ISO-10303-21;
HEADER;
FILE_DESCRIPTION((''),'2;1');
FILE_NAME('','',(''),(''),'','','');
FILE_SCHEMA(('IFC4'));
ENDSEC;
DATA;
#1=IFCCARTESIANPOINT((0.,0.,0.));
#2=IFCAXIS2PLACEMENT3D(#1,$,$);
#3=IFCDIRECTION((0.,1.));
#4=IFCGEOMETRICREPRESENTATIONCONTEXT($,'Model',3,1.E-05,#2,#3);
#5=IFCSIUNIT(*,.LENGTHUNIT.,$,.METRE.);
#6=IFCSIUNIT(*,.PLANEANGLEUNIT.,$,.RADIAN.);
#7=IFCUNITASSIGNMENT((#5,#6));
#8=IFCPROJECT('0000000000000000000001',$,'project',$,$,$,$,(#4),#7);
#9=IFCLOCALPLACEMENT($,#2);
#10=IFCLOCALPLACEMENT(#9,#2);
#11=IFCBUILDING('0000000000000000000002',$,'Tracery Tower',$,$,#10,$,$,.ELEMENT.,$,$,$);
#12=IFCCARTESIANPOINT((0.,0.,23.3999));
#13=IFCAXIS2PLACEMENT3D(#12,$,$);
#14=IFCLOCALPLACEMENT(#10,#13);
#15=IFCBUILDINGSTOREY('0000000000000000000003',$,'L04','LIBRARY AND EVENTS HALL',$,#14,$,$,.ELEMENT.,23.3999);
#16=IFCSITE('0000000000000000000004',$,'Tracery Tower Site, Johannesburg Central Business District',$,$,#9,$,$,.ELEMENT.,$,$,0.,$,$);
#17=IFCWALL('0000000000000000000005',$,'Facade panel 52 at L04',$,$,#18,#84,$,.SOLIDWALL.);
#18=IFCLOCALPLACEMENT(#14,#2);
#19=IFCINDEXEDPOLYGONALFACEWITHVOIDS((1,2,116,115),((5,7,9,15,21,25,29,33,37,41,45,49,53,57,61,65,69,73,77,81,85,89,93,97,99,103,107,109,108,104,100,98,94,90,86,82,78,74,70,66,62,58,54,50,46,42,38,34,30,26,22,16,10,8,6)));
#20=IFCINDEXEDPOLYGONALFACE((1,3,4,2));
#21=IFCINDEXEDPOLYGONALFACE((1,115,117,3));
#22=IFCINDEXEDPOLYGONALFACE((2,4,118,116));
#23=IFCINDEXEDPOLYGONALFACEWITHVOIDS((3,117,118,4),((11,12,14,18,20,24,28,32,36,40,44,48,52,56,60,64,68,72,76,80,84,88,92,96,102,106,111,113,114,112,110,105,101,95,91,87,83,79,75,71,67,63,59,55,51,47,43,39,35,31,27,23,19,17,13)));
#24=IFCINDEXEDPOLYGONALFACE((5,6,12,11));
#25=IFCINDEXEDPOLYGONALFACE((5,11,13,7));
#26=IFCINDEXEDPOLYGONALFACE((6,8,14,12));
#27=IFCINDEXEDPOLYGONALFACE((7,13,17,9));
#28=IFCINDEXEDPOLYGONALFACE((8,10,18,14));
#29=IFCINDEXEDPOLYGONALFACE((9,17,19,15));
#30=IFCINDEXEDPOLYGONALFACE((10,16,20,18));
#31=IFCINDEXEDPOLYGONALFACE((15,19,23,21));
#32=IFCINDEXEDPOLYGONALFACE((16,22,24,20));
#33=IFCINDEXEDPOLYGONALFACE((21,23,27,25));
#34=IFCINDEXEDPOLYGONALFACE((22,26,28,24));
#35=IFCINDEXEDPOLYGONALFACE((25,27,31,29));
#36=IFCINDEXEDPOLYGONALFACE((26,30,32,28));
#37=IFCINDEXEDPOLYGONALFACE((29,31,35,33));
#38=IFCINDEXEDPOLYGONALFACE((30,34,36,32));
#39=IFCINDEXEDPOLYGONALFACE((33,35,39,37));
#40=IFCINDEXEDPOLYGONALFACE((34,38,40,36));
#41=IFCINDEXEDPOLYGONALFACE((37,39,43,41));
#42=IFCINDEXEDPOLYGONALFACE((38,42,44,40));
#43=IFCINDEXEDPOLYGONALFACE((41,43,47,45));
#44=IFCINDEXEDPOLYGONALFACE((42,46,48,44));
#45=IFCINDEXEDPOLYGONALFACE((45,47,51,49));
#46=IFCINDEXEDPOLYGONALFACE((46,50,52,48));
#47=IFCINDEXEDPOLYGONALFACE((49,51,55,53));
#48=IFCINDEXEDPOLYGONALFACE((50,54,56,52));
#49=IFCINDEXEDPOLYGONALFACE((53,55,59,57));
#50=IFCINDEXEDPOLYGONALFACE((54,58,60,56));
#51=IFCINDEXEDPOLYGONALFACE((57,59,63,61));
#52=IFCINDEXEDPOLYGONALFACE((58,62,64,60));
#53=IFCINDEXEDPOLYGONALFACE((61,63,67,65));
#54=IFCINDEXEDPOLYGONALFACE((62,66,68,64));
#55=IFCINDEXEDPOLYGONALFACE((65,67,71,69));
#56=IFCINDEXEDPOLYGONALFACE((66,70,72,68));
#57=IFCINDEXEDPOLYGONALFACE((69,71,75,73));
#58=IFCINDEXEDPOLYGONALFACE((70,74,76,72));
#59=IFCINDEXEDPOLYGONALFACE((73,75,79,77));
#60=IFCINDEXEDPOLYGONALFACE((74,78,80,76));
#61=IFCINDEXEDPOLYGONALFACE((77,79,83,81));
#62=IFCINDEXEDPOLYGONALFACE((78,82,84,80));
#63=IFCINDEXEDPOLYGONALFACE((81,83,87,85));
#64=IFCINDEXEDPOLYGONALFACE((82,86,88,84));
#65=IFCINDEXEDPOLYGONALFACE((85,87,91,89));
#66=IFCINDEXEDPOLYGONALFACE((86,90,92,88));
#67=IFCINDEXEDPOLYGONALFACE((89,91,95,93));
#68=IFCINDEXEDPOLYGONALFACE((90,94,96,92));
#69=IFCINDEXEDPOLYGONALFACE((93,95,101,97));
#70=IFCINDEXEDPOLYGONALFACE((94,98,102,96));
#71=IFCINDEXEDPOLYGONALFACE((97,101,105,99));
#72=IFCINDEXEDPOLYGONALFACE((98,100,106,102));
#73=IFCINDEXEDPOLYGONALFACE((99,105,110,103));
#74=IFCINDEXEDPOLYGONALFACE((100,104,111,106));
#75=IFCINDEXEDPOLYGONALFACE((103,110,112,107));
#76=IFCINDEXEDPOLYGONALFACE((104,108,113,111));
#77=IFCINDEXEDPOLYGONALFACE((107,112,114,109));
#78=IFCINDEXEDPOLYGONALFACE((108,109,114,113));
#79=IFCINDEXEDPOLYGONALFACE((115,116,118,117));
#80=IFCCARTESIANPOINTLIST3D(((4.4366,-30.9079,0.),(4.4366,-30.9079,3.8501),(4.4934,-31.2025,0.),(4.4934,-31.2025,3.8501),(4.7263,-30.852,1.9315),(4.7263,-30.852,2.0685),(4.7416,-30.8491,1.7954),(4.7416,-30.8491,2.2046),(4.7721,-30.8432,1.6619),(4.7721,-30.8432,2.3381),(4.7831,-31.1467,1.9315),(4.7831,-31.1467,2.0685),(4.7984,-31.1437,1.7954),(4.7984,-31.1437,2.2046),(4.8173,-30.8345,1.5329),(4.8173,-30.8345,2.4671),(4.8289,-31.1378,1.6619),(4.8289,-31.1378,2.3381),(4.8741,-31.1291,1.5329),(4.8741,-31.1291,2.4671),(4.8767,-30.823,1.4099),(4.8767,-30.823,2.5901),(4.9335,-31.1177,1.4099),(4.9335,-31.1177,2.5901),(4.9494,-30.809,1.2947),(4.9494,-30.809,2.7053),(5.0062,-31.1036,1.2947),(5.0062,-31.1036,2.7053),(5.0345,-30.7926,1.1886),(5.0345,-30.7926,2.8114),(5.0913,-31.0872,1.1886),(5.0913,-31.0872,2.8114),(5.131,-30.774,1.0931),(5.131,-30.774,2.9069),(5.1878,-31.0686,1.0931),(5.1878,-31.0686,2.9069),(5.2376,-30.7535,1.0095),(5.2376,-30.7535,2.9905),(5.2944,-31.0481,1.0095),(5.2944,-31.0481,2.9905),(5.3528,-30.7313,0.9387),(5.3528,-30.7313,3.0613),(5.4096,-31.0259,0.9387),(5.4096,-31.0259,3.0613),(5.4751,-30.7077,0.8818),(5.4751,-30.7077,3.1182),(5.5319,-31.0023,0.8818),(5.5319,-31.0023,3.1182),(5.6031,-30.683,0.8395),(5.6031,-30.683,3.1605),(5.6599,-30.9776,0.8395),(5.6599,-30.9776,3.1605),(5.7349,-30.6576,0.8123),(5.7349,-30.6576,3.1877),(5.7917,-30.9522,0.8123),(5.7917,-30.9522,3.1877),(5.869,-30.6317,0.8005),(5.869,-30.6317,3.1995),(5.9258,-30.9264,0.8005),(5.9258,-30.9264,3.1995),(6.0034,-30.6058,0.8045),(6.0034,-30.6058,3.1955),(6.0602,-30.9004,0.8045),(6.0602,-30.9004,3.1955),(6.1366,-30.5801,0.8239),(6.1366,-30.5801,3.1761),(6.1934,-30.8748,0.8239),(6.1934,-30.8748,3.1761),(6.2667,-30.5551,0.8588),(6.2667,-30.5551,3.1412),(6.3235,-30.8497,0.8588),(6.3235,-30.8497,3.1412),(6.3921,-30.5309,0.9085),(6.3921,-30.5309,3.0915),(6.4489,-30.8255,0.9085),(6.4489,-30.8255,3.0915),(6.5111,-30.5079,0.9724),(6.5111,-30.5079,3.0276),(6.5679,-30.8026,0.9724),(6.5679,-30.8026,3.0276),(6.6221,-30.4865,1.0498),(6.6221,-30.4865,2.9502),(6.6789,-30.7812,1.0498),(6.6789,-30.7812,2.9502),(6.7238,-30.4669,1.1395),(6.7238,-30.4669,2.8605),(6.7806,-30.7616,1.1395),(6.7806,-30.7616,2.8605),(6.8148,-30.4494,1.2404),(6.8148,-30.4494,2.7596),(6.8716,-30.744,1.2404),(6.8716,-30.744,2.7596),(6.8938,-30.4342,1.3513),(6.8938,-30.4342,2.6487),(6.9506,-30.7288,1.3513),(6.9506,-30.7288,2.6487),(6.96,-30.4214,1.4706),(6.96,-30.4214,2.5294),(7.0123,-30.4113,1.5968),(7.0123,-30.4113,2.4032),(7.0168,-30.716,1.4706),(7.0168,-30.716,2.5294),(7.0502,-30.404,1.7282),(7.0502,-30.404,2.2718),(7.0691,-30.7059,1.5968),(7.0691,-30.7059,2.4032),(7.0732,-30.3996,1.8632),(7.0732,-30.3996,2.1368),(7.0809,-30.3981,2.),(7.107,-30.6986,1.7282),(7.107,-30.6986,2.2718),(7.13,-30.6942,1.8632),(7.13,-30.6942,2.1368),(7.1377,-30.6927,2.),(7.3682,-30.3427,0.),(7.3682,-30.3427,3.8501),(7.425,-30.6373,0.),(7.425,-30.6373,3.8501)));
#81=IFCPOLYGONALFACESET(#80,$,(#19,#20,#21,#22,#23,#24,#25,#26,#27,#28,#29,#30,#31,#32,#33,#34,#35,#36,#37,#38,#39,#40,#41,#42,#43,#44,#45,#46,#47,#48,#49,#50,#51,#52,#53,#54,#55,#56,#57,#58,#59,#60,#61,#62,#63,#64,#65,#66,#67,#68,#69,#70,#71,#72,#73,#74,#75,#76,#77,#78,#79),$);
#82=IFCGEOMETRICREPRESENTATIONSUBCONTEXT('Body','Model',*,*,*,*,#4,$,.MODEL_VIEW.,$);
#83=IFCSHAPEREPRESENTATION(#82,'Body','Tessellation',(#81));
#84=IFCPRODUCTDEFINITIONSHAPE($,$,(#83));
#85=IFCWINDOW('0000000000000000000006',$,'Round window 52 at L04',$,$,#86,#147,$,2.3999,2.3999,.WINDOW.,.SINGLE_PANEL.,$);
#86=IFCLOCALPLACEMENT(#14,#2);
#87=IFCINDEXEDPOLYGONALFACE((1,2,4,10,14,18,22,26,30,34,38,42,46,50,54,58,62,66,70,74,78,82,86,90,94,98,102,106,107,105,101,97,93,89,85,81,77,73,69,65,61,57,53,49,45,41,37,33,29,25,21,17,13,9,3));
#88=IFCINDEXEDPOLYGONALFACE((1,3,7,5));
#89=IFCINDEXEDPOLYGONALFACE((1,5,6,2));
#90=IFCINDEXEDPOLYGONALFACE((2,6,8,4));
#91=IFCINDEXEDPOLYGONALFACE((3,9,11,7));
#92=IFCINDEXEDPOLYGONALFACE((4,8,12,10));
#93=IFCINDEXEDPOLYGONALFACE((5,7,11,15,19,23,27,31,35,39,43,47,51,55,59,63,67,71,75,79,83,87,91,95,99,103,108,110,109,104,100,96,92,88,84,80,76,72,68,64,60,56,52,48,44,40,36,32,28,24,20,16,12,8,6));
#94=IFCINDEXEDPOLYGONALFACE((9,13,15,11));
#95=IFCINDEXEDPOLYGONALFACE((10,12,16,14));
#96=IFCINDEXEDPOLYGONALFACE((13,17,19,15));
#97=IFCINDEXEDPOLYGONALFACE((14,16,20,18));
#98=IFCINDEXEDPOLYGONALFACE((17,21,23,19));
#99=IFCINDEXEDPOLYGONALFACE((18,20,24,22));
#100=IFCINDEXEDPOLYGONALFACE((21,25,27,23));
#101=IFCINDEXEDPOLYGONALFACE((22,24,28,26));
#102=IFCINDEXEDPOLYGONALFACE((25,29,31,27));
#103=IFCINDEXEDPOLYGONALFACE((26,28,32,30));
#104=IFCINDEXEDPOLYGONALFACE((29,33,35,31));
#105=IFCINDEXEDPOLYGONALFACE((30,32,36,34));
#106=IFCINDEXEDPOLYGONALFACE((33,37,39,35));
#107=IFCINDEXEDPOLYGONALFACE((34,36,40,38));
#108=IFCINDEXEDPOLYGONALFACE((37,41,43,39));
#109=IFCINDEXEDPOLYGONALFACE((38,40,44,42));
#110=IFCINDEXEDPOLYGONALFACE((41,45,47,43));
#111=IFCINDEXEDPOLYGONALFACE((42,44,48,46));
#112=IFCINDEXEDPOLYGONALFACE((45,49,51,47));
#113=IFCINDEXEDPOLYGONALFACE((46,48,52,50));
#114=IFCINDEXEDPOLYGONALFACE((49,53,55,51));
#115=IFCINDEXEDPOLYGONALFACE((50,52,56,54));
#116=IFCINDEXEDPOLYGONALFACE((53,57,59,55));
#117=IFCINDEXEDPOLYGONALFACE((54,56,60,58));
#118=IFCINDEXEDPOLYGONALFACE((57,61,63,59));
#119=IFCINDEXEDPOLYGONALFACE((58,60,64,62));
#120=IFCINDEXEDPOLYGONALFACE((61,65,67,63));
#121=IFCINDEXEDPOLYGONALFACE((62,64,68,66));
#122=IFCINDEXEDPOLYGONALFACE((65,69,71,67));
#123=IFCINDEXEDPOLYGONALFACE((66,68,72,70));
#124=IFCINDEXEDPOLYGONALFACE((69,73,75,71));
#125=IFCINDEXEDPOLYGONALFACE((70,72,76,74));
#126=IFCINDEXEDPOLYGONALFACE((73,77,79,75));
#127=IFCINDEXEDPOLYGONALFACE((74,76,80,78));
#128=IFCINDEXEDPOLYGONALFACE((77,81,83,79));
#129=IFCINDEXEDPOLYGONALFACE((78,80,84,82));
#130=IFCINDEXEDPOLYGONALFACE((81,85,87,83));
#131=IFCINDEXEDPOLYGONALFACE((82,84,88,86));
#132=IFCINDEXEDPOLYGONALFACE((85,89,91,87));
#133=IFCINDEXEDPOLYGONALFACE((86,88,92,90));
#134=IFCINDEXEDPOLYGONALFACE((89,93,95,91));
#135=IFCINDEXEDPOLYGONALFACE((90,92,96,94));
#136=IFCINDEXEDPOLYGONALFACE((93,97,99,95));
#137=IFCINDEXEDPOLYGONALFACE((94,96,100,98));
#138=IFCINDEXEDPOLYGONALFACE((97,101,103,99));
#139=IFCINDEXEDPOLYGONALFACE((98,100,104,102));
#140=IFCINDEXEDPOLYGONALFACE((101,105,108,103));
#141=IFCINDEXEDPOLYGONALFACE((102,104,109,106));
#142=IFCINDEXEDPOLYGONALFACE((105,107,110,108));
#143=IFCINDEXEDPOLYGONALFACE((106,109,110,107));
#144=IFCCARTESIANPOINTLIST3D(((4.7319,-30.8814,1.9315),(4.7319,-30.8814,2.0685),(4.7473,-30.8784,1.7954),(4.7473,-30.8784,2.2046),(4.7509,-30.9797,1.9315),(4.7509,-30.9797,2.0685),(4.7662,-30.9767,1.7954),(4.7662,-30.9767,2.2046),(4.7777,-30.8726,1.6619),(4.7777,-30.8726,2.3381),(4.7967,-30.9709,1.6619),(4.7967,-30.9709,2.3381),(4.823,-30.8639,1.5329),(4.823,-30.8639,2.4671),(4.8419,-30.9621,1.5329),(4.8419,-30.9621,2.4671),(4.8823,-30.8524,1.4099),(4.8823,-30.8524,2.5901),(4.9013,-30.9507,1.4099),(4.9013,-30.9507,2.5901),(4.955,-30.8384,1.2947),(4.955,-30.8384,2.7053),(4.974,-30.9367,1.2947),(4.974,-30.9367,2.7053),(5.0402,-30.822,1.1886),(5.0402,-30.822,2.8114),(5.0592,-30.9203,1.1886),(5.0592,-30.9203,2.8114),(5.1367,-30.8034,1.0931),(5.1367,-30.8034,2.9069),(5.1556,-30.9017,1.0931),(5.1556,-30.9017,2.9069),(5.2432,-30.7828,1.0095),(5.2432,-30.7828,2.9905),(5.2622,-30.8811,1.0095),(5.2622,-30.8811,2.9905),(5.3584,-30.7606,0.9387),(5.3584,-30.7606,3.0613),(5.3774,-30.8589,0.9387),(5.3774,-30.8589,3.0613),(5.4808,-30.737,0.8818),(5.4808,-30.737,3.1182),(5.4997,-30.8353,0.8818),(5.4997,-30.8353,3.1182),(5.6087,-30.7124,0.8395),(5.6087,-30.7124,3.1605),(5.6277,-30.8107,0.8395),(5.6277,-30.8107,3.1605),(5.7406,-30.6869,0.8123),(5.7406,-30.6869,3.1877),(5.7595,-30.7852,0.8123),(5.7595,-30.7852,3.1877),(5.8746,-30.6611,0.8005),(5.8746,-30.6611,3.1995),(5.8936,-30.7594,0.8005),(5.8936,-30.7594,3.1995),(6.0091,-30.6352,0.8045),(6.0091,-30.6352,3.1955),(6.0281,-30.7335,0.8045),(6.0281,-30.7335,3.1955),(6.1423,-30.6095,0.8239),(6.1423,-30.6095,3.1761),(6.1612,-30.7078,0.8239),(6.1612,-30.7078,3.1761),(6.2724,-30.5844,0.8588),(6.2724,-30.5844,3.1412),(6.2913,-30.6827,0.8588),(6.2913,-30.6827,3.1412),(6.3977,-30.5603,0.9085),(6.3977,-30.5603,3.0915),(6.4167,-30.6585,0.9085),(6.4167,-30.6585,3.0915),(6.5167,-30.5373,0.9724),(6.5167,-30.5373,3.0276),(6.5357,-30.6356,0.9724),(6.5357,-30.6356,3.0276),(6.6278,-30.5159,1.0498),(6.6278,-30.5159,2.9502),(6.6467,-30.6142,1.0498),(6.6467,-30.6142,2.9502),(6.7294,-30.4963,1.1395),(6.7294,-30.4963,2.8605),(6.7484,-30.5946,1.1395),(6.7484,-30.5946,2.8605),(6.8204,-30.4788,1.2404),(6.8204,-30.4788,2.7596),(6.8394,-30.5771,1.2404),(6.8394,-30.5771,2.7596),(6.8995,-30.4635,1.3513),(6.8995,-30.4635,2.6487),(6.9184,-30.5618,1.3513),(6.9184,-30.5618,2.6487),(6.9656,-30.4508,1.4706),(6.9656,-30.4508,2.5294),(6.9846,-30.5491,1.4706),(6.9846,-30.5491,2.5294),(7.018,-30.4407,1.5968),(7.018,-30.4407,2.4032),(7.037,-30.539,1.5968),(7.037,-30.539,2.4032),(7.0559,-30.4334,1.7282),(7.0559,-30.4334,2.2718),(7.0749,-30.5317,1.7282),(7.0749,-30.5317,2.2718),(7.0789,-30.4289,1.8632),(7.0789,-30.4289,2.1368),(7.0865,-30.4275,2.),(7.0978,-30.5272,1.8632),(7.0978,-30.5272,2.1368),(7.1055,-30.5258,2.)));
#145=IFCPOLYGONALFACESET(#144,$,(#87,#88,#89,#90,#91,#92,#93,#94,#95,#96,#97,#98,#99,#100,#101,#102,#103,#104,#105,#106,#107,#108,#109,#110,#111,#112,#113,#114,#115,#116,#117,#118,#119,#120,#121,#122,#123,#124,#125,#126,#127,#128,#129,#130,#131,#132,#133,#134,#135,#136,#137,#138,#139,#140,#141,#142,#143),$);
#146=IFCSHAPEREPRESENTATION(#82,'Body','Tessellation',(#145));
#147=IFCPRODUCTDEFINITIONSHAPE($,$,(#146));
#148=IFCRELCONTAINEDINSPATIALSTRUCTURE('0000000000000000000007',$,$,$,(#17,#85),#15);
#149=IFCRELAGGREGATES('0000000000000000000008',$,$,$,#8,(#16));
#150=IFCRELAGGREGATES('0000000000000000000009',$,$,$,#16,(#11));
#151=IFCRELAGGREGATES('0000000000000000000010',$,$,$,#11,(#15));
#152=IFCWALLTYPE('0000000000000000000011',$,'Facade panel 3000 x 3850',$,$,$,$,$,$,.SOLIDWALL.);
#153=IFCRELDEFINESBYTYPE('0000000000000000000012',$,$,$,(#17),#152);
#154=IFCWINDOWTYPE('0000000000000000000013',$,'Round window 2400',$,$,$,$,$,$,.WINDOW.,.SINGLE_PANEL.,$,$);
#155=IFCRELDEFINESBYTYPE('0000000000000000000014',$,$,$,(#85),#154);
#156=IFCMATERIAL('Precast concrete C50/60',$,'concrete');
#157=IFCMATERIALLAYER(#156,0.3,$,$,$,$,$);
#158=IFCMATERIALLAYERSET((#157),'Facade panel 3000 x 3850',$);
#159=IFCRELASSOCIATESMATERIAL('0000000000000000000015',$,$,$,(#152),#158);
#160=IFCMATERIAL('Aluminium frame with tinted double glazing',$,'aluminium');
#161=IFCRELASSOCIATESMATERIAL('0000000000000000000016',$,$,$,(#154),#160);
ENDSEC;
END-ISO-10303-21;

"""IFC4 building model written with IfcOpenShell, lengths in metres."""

from ifc_helpers import new_model, si_unit, direction, frame, frame_2d, origin, origin_2d, place, context, subcontext, project, spatial, rectangle, circle, extrude, material, layer, layer_set, type_object, element, fill, save


model = new_model("IFC4")

# Units and contexts
model_context = context("Model", 3, precision=1e-05, world=origin(), true_north=direction((0.0, 1.0)))
body_context = subcontext(model_context, "Body", "Model", "MODEL_VIEW")
ifc_project = project(units=[si_unit("LENGTHUNIT", "METRE"), si_unit("PLANEANGLEUNIT", "RADIAN")], contexts=[model_context])

# Site, building, storey
site_placement = place(None, origin())
site = spatial("IfcSite", under=ifc_project, at=site_placement, Name="Tracery Tower Site, Johannesburg Central Business District", CompositionType="ELEMENT", RefElevation=0.0)
building_placement = place(site_placement, origin())
building = spatial("IfcBuilding", under=site, at=building_placement, Name="Tracery Tower", CompositionType="ELEMENT")
storey_placement = place(building_placement, frame((0.0, 0.0, 23.3999)))
storey = spatial("IfcBuildingStorey", under=building, at=storey_placement, Name="L04", Description="LIBRARY AND EVENTS HALL", CompositionType="ELEMENT", Elevation=23.3999)

# Wall, opening, window
ifc_material_1 = material(Name="Precast concrete C50/60", Category="concrete")
ifc_layer_1 = layer(ifc_material_1, 0.3)
ifc_layer_set_1 = layer_set([ifc_layer_1], Name="Facade panel 3000 x 3850")
wall_type_1 = type_object("IfcWallType", Name="Facade panel 3000 x 3850", PredefinedType="SOLIDWALL", material=ifc_layer_set_1)
wall_1_placement = place(storey_placement, frame((4.4651, -31.0552, 0.0), z_axis=(0.0, 0.0, 1.0), x_axis=(0.981919, 0.189302, 0.0)))
wall_1 = element("IfcWall", 1, at=wall_1_placement, inside=storey, type_object=wall_type_1, Name="Facade panel 52 at L04", PredefinedType="SOLIDWALL", context=body_context, shape_type="SweptSolid", body=[
    extrude(rectangle(XDim=2.9856, YDim=0.3, at=frame_2d((1.4927, 0.0))), origin(), (0.0, 0.0, 1.0), 3.8501),
])
opening_1_placement = place(wall_1_placement, frame((1.4929, 0.0, 2.0)))
opening_1 = element("IfcOpeningElement", 2, at=opening_1_placement, cuts=wall_1, PredefinedType="OPENING", context=body_context, shape_type="SweptSolid", body=[
    extrude(circle(Radius=1.2, at=origin_2d()), frame((0.0, 0.1599, 0.0), z_axis=(0.0, -1.0, 0.0), x_axis=(1.0, 0.0, 0.0)), (0.0, 0.0, 1.0), 0.3201),
])
ifc_material_2 = material(Name="Aluminium frame with tinted double glazing", Category="aluminium")
window_type = type_object("IfcWindowType", Name="Round window 2400", PartitioningType="SINGLE_PANEL", PredefinedType="WINDOW", material=ifc_material_2)
window_1_placement = place(opening_1_placement, origin())
window_1 = element("IfcWindow", 3, at=window_1_placement, inside=storey, type_object=window_type, Name="Round window 52 at L04", OverallHeight=2.3999, OverallWidth=2.3999, PartitioningType="SINGLE_PANEL", PredefinedType="WINDOW", context=body_context, shape_type="SweptSolid", body=[
    extrude(circle(Radius=1.2, at=origin_2d()), frame((0.0, 0.1201, 0.0), z_axis=(0.0, -1.0, 0.0), x_axis=(1.0, 0.0, 0.0)), (0.0, 0.0, 1.0), 0.1001),
])
fill(opening_1, window_1)

save(model, "model.ifc")
